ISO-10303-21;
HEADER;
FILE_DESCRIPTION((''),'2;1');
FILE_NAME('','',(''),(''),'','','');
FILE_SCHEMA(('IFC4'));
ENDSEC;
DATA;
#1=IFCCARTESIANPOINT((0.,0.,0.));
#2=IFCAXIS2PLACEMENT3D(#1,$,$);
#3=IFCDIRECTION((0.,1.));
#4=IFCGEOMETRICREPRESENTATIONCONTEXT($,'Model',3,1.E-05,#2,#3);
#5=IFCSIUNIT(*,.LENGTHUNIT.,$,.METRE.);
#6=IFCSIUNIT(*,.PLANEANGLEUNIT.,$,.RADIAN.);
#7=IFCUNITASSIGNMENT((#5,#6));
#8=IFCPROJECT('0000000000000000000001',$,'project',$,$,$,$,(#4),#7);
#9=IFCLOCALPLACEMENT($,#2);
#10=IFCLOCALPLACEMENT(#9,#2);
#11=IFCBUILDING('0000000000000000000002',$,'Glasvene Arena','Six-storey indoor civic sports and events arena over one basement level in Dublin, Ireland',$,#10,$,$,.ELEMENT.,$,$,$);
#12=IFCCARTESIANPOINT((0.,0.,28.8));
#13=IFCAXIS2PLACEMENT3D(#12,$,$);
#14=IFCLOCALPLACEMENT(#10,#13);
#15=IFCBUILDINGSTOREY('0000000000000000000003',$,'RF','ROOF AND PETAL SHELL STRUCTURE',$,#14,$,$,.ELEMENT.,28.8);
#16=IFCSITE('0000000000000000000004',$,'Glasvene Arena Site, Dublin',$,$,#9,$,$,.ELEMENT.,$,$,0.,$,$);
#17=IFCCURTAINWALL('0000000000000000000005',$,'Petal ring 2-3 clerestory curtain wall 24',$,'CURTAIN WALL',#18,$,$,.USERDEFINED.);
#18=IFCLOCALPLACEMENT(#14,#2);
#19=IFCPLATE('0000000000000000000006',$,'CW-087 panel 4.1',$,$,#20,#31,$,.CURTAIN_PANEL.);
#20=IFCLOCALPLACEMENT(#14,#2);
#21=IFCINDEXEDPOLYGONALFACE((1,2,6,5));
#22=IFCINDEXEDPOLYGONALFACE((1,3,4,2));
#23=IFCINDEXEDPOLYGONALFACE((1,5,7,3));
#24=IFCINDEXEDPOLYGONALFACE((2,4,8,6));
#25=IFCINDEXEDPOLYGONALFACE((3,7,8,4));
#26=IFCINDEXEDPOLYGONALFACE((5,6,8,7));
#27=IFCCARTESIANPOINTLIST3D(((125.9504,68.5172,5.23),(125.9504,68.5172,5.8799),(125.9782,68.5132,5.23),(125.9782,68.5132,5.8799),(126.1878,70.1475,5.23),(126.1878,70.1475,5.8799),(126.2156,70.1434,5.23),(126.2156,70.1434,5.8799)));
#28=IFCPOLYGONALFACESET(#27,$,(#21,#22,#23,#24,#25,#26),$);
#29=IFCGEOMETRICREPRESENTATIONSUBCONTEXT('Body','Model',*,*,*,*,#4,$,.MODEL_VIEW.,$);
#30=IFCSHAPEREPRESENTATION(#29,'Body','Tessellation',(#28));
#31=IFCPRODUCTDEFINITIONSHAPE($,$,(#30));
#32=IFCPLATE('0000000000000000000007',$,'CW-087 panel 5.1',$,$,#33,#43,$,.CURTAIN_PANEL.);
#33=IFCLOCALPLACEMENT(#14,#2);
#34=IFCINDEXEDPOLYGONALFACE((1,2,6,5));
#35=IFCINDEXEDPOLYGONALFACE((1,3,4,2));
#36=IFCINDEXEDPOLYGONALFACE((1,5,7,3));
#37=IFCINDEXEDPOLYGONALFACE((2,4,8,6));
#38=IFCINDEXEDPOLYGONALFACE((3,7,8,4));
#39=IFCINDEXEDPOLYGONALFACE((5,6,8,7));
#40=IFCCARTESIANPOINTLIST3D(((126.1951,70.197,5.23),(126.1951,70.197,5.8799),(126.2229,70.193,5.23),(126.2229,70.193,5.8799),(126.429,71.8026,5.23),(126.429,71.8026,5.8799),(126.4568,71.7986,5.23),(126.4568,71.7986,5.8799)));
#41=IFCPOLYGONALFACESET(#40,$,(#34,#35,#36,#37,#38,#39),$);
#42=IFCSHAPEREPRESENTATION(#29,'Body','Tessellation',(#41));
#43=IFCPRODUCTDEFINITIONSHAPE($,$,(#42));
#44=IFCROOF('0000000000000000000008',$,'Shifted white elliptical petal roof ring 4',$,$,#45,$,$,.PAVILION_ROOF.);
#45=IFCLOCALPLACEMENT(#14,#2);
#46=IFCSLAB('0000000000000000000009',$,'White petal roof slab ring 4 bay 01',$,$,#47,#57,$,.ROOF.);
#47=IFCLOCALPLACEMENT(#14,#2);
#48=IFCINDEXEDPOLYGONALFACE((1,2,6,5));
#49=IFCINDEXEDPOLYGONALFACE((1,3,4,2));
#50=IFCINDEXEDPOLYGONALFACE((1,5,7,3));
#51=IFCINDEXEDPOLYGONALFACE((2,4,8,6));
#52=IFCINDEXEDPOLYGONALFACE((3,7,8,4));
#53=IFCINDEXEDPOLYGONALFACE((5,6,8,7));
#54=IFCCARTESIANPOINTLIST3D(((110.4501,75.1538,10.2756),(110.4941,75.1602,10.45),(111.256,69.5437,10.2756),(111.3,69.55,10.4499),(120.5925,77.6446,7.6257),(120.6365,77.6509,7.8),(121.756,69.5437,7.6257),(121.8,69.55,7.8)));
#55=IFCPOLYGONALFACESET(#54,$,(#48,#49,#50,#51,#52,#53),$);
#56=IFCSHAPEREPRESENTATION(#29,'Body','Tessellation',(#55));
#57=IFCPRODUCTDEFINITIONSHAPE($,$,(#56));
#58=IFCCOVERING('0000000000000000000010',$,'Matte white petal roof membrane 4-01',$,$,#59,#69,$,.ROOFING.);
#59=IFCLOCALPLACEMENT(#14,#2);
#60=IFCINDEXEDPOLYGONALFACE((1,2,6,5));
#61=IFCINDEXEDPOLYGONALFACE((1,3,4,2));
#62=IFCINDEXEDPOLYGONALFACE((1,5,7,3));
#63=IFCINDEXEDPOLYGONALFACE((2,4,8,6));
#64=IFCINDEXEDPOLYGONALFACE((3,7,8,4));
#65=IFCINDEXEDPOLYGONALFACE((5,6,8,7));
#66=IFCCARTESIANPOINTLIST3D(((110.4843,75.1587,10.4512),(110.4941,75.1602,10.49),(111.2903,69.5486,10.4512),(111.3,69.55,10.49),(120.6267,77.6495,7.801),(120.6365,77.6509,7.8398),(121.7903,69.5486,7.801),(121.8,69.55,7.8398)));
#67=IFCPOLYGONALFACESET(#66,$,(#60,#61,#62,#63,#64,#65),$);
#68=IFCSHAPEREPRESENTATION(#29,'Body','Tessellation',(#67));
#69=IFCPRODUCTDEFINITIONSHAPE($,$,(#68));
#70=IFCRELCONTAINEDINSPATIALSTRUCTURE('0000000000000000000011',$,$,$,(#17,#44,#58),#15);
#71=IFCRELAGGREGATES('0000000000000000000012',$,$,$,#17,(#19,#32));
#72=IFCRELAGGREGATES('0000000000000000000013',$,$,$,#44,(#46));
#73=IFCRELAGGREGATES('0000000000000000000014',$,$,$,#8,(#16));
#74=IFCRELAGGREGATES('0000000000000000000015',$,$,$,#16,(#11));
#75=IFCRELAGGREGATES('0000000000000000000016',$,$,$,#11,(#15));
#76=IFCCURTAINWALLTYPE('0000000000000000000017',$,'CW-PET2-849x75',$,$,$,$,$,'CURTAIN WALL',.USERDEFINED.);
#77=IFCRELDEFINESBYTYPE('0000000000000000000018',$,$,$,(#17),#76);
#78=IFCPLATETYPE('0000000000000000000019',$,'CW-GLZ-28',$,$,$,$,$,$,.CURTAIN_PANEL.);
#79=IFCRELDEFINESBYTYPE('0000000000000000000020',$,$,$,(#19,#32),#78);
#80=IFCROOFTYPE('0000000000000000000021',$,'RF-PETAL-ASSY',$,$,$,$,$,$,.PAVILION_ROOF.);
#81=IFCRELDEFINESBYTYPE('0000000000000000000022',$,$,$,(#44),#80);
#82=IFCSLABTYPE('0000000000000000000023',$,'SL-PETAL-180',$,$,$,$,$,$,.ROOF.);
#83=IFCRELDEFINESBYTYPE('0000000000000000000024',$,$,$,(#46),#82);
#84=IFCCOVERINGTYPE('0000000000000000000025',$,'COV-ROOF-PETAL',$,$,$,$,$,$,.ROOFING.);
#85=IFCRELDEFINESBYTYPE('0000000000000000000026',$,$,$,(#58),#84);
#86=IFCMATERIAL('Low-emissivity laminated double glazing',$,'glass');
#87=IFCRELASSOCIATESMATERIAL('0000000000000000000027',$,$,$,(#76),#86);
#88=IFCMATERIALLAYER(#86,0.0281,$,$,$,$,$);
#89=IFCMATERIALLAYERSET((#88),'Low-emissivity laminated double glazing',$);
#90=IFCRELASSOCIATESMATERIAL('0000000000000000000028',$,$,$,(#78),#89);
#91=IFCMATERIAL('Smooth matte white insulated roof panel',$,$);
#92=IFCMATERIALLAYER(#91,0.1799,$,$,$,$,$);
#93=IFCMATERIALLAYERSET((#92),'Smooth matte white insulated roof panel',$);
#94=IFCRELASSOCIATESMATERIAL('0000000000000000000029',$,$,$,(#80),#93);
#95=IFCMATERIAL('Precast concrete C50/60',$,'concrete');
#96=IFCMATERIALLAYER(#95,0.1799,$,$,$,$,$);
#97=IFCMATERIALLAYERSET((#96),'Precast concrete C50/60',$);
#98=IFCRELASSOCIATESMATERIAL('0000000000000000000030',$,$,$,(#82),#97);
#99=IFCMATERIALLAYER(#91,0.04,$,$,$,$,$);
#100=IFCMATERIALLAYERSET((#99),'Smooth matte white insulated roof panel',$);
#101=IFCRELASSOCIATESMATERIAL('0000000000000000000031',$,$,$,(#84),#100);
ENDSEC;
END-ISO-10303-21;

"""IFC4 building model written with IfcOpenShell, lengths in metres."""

from ifc_helpers import new_model, si_unit, direction, frame, origin, origin_2d, place, context, subcontext, project, spatial, polyline, rectangle, outline, extrude, material, layer, layer_set, type_object, element, aggregate, save


model = new_model("IFC4")

# Units and contexts
model_context = context("Model", 3, precision=1e-05, world=origin(), true_north=direction((0.0, 1.0)))
body_context = subcontext(model_context, "Body", "Model", "MODEL_VIEW")
ifc_project = project(units=[si_unit("LENGTHUNIT", "METRE"), si_unit("PLANEANGLEUNIT", "RADIAN")], contexts=[model_context])

# Site, building, storey
site_placement = place(None, origin())
site = spatial("IfcSite", under=ifc_project, at=site_placement, Name="Glasvene Arena Site, Dublin", CompositionType="ELEMENT", RefElevation=0.0)
building_placement = place(site_placement, origin())
building = spatial("IfcBuilding", under=site, at=building_placement, Name="Glasvene Arena", Description="Six-storey indoor civic sports and events arena over one basement level in Dublin, Ireland", CompositionType="ELEMENT")
storey_placement = place(building_placement, frame((0.0, 0.0, 28.8)))
storey = spatial("IfcBuildingStorey", under=building, at=storey_placement, Name="RF", Description="ROOF AND PETAL SHELL STRUCTURE", CompositionType="ELEMENT", Elevation=28.8)

# Shared definitions
ifc_material_1 = material(Name="Low-emissivity laminated double glazing", Category="glass")
curtain_wall_type_1 = type_object("IfcCurtainWallType", Name="CW-PET2-849x75", ElementType="CURTAIN WALL", PredefinedType="USERDEFINED", material=ifc_material_1)

# Curtain wall
curtain_wall_1_placement = place(storey_placement, frame((125.2268, 63.4514, 0.0)))
curtain_wall_1 = element("IfcCurtainWall", 1, at=curtain_wall_1_placement, inside=storey, type_object=curtain_wall_type_1, Name="Petal ring 2-3 clerestory curtain wall 24", ObjectType="CURTAIN WALL", PredefinedType="USERDEFINED")

# Plates
ifc_layer_1 = layer(ifc_material_1, 0.0281)
ifc_layer_set_1 = layer_set([ifc_layer_1], Name="Low-emissivity laminated double glazing")
plate_type = type_object("IfcPlateType", Name="CW-GLZ-28", PredefinedType="CURTAIN_PANEL", material=ifc_layer_set_1)
plate_1_placement = place(storey_placement, frame((126.083, 69.3303, 5.23), z_axis=(0.0, 0.0, 1.0), x_axis=(0.144133, 0.989558, 0.0)))
plate_1 = element("IfcPlate", 2, at=plate_1_placement, type_object=plate_type, Name="CW-087 panel 4.1", PredefinedType="CURTAIN_PANEL", context=body_context, shape_type="SweptSolid", body=[
    extrude(rectangle(XDim=1.6475, YDim=0.0281, at=origin_2d()), origin(), (0.0, 0.0, 1.0), 0.6499),
])
plate_2_placement = place(storey_placement, frame((126.3259, 70.9978, 5.23), z_axis=(0.0, 0.0, 1.0), x_axis=(0.144133, 0.989558, 0.0)))
plate_2 = element("IfcPlate", 3, at=plate_2_placement, type_object=plate_type, Name="CW-087 panel 5.1", PredefinedType="CURTAIN_PANEL", context=body_context, shape_type="SweptSolid", body=[
    extrude(rectangle(XDim=1.6226, YDim=0.0281, at=origin_2d()), origin(), (0.0, 0.0, 1.0), 0.6499),
])
aggregate(curtain_wall_1, [plate_1, plate_2])

# Roof, slab
ifc_material_2 = material(Name="Smooth matte white insulated roof panel")
ifc_layer_2 = layer(ifc_material_2, 0.1799)
ifc_layer_set_2 = layer_set([ifc_layer_2], Name="Smooth matte white insulated roof panel")
roof_type = type_object("IfcRoofType", Name="RF-PETAL-ASSY", PredefinedType="PAVILION_ROOF", material=ifc_layer_set_2)
roof_placement = place(storey_placement, frame((87.6499, 69.55, 7.8)))
roof = element("IfcRoof", 4, at=roof_placement, inside=storey, type_object=roof_type, Name="Shifted white elliptical petal roof ring 4", PredefinedType="PAVILION_ROOF")
ifc_material_3 = material(Name="Precast concrete C50/60", Category="concrete")
ifc_layer_3 = layer(ifc_material_3, 0.1799)
ifc_layer_set_3 = layer_set([ifc_layer_3], Name="Precast concrete C50/60")
slab_type = type_object("IfcSlabType", Name="SL-PETAL-180", PredefinedType="ROOF", material=ifc_layer_set_3)
slab_placement = place(storey_placement, frame((121.8, 69.55, 7.8), z_axis=(0.244547, 0.035128, 0.969001), x_axis=(-0.142178, 0.989841, -0.000002)))
slab = element("IfcSlab", 5, at=slab_placement, type_object=slab_type, Name="White petal roof slab ring 4 bay 01", PredefinedType="ROOF", context=body_context, shape_type="SweptSolid", body=[
    extrude(outline(polyline([(0.0, 0.0), (8.184, 0.0), (7.1606, 10.7259), (1.4929, 10.7258), (0.0, 0.0)])), origin(), (0.0, 0.0, -1.0), 0.1799),
])
aggregate(roof, [slab])

# Covering
ifc_layer_4 = layer(ifc_material_2, 0.04)
ifc_layer_set_4 = layer_set([ifc_layer_4], Name="Smooth matte white insulated roof panel")
covering_type = type_object("IfcCoveringType", Name="COV-ROOF-PETAL", PredefinedType="ROOFING", material=ifc_layer_set_4)
covering_placement = place(storey_placement, frame((121.8, 69.55, 7.8398), z_axis=(0.244568, 0.035131, 0.968995), x_axis=(-0.142178, 0.989841, -0.000002)))
element("IfcCovering", 6, at=covering_placement, inside=storey, type_object=covering_type, Name="Matte white petal roof membrane 4-01", PredefinedType="ROOFING", context=body_context, shape_type="SweptSolid", body=[
    extrude(outline(polyline([(0.0, 0.0), (8.184, 0.0), (7.1606, 10.726), (1.4929, 10.7259), (0.0, 0.0)])), origin(), (0.0, 0.0, -1.0), 0.04),
])

save(model, "model.ifc")
